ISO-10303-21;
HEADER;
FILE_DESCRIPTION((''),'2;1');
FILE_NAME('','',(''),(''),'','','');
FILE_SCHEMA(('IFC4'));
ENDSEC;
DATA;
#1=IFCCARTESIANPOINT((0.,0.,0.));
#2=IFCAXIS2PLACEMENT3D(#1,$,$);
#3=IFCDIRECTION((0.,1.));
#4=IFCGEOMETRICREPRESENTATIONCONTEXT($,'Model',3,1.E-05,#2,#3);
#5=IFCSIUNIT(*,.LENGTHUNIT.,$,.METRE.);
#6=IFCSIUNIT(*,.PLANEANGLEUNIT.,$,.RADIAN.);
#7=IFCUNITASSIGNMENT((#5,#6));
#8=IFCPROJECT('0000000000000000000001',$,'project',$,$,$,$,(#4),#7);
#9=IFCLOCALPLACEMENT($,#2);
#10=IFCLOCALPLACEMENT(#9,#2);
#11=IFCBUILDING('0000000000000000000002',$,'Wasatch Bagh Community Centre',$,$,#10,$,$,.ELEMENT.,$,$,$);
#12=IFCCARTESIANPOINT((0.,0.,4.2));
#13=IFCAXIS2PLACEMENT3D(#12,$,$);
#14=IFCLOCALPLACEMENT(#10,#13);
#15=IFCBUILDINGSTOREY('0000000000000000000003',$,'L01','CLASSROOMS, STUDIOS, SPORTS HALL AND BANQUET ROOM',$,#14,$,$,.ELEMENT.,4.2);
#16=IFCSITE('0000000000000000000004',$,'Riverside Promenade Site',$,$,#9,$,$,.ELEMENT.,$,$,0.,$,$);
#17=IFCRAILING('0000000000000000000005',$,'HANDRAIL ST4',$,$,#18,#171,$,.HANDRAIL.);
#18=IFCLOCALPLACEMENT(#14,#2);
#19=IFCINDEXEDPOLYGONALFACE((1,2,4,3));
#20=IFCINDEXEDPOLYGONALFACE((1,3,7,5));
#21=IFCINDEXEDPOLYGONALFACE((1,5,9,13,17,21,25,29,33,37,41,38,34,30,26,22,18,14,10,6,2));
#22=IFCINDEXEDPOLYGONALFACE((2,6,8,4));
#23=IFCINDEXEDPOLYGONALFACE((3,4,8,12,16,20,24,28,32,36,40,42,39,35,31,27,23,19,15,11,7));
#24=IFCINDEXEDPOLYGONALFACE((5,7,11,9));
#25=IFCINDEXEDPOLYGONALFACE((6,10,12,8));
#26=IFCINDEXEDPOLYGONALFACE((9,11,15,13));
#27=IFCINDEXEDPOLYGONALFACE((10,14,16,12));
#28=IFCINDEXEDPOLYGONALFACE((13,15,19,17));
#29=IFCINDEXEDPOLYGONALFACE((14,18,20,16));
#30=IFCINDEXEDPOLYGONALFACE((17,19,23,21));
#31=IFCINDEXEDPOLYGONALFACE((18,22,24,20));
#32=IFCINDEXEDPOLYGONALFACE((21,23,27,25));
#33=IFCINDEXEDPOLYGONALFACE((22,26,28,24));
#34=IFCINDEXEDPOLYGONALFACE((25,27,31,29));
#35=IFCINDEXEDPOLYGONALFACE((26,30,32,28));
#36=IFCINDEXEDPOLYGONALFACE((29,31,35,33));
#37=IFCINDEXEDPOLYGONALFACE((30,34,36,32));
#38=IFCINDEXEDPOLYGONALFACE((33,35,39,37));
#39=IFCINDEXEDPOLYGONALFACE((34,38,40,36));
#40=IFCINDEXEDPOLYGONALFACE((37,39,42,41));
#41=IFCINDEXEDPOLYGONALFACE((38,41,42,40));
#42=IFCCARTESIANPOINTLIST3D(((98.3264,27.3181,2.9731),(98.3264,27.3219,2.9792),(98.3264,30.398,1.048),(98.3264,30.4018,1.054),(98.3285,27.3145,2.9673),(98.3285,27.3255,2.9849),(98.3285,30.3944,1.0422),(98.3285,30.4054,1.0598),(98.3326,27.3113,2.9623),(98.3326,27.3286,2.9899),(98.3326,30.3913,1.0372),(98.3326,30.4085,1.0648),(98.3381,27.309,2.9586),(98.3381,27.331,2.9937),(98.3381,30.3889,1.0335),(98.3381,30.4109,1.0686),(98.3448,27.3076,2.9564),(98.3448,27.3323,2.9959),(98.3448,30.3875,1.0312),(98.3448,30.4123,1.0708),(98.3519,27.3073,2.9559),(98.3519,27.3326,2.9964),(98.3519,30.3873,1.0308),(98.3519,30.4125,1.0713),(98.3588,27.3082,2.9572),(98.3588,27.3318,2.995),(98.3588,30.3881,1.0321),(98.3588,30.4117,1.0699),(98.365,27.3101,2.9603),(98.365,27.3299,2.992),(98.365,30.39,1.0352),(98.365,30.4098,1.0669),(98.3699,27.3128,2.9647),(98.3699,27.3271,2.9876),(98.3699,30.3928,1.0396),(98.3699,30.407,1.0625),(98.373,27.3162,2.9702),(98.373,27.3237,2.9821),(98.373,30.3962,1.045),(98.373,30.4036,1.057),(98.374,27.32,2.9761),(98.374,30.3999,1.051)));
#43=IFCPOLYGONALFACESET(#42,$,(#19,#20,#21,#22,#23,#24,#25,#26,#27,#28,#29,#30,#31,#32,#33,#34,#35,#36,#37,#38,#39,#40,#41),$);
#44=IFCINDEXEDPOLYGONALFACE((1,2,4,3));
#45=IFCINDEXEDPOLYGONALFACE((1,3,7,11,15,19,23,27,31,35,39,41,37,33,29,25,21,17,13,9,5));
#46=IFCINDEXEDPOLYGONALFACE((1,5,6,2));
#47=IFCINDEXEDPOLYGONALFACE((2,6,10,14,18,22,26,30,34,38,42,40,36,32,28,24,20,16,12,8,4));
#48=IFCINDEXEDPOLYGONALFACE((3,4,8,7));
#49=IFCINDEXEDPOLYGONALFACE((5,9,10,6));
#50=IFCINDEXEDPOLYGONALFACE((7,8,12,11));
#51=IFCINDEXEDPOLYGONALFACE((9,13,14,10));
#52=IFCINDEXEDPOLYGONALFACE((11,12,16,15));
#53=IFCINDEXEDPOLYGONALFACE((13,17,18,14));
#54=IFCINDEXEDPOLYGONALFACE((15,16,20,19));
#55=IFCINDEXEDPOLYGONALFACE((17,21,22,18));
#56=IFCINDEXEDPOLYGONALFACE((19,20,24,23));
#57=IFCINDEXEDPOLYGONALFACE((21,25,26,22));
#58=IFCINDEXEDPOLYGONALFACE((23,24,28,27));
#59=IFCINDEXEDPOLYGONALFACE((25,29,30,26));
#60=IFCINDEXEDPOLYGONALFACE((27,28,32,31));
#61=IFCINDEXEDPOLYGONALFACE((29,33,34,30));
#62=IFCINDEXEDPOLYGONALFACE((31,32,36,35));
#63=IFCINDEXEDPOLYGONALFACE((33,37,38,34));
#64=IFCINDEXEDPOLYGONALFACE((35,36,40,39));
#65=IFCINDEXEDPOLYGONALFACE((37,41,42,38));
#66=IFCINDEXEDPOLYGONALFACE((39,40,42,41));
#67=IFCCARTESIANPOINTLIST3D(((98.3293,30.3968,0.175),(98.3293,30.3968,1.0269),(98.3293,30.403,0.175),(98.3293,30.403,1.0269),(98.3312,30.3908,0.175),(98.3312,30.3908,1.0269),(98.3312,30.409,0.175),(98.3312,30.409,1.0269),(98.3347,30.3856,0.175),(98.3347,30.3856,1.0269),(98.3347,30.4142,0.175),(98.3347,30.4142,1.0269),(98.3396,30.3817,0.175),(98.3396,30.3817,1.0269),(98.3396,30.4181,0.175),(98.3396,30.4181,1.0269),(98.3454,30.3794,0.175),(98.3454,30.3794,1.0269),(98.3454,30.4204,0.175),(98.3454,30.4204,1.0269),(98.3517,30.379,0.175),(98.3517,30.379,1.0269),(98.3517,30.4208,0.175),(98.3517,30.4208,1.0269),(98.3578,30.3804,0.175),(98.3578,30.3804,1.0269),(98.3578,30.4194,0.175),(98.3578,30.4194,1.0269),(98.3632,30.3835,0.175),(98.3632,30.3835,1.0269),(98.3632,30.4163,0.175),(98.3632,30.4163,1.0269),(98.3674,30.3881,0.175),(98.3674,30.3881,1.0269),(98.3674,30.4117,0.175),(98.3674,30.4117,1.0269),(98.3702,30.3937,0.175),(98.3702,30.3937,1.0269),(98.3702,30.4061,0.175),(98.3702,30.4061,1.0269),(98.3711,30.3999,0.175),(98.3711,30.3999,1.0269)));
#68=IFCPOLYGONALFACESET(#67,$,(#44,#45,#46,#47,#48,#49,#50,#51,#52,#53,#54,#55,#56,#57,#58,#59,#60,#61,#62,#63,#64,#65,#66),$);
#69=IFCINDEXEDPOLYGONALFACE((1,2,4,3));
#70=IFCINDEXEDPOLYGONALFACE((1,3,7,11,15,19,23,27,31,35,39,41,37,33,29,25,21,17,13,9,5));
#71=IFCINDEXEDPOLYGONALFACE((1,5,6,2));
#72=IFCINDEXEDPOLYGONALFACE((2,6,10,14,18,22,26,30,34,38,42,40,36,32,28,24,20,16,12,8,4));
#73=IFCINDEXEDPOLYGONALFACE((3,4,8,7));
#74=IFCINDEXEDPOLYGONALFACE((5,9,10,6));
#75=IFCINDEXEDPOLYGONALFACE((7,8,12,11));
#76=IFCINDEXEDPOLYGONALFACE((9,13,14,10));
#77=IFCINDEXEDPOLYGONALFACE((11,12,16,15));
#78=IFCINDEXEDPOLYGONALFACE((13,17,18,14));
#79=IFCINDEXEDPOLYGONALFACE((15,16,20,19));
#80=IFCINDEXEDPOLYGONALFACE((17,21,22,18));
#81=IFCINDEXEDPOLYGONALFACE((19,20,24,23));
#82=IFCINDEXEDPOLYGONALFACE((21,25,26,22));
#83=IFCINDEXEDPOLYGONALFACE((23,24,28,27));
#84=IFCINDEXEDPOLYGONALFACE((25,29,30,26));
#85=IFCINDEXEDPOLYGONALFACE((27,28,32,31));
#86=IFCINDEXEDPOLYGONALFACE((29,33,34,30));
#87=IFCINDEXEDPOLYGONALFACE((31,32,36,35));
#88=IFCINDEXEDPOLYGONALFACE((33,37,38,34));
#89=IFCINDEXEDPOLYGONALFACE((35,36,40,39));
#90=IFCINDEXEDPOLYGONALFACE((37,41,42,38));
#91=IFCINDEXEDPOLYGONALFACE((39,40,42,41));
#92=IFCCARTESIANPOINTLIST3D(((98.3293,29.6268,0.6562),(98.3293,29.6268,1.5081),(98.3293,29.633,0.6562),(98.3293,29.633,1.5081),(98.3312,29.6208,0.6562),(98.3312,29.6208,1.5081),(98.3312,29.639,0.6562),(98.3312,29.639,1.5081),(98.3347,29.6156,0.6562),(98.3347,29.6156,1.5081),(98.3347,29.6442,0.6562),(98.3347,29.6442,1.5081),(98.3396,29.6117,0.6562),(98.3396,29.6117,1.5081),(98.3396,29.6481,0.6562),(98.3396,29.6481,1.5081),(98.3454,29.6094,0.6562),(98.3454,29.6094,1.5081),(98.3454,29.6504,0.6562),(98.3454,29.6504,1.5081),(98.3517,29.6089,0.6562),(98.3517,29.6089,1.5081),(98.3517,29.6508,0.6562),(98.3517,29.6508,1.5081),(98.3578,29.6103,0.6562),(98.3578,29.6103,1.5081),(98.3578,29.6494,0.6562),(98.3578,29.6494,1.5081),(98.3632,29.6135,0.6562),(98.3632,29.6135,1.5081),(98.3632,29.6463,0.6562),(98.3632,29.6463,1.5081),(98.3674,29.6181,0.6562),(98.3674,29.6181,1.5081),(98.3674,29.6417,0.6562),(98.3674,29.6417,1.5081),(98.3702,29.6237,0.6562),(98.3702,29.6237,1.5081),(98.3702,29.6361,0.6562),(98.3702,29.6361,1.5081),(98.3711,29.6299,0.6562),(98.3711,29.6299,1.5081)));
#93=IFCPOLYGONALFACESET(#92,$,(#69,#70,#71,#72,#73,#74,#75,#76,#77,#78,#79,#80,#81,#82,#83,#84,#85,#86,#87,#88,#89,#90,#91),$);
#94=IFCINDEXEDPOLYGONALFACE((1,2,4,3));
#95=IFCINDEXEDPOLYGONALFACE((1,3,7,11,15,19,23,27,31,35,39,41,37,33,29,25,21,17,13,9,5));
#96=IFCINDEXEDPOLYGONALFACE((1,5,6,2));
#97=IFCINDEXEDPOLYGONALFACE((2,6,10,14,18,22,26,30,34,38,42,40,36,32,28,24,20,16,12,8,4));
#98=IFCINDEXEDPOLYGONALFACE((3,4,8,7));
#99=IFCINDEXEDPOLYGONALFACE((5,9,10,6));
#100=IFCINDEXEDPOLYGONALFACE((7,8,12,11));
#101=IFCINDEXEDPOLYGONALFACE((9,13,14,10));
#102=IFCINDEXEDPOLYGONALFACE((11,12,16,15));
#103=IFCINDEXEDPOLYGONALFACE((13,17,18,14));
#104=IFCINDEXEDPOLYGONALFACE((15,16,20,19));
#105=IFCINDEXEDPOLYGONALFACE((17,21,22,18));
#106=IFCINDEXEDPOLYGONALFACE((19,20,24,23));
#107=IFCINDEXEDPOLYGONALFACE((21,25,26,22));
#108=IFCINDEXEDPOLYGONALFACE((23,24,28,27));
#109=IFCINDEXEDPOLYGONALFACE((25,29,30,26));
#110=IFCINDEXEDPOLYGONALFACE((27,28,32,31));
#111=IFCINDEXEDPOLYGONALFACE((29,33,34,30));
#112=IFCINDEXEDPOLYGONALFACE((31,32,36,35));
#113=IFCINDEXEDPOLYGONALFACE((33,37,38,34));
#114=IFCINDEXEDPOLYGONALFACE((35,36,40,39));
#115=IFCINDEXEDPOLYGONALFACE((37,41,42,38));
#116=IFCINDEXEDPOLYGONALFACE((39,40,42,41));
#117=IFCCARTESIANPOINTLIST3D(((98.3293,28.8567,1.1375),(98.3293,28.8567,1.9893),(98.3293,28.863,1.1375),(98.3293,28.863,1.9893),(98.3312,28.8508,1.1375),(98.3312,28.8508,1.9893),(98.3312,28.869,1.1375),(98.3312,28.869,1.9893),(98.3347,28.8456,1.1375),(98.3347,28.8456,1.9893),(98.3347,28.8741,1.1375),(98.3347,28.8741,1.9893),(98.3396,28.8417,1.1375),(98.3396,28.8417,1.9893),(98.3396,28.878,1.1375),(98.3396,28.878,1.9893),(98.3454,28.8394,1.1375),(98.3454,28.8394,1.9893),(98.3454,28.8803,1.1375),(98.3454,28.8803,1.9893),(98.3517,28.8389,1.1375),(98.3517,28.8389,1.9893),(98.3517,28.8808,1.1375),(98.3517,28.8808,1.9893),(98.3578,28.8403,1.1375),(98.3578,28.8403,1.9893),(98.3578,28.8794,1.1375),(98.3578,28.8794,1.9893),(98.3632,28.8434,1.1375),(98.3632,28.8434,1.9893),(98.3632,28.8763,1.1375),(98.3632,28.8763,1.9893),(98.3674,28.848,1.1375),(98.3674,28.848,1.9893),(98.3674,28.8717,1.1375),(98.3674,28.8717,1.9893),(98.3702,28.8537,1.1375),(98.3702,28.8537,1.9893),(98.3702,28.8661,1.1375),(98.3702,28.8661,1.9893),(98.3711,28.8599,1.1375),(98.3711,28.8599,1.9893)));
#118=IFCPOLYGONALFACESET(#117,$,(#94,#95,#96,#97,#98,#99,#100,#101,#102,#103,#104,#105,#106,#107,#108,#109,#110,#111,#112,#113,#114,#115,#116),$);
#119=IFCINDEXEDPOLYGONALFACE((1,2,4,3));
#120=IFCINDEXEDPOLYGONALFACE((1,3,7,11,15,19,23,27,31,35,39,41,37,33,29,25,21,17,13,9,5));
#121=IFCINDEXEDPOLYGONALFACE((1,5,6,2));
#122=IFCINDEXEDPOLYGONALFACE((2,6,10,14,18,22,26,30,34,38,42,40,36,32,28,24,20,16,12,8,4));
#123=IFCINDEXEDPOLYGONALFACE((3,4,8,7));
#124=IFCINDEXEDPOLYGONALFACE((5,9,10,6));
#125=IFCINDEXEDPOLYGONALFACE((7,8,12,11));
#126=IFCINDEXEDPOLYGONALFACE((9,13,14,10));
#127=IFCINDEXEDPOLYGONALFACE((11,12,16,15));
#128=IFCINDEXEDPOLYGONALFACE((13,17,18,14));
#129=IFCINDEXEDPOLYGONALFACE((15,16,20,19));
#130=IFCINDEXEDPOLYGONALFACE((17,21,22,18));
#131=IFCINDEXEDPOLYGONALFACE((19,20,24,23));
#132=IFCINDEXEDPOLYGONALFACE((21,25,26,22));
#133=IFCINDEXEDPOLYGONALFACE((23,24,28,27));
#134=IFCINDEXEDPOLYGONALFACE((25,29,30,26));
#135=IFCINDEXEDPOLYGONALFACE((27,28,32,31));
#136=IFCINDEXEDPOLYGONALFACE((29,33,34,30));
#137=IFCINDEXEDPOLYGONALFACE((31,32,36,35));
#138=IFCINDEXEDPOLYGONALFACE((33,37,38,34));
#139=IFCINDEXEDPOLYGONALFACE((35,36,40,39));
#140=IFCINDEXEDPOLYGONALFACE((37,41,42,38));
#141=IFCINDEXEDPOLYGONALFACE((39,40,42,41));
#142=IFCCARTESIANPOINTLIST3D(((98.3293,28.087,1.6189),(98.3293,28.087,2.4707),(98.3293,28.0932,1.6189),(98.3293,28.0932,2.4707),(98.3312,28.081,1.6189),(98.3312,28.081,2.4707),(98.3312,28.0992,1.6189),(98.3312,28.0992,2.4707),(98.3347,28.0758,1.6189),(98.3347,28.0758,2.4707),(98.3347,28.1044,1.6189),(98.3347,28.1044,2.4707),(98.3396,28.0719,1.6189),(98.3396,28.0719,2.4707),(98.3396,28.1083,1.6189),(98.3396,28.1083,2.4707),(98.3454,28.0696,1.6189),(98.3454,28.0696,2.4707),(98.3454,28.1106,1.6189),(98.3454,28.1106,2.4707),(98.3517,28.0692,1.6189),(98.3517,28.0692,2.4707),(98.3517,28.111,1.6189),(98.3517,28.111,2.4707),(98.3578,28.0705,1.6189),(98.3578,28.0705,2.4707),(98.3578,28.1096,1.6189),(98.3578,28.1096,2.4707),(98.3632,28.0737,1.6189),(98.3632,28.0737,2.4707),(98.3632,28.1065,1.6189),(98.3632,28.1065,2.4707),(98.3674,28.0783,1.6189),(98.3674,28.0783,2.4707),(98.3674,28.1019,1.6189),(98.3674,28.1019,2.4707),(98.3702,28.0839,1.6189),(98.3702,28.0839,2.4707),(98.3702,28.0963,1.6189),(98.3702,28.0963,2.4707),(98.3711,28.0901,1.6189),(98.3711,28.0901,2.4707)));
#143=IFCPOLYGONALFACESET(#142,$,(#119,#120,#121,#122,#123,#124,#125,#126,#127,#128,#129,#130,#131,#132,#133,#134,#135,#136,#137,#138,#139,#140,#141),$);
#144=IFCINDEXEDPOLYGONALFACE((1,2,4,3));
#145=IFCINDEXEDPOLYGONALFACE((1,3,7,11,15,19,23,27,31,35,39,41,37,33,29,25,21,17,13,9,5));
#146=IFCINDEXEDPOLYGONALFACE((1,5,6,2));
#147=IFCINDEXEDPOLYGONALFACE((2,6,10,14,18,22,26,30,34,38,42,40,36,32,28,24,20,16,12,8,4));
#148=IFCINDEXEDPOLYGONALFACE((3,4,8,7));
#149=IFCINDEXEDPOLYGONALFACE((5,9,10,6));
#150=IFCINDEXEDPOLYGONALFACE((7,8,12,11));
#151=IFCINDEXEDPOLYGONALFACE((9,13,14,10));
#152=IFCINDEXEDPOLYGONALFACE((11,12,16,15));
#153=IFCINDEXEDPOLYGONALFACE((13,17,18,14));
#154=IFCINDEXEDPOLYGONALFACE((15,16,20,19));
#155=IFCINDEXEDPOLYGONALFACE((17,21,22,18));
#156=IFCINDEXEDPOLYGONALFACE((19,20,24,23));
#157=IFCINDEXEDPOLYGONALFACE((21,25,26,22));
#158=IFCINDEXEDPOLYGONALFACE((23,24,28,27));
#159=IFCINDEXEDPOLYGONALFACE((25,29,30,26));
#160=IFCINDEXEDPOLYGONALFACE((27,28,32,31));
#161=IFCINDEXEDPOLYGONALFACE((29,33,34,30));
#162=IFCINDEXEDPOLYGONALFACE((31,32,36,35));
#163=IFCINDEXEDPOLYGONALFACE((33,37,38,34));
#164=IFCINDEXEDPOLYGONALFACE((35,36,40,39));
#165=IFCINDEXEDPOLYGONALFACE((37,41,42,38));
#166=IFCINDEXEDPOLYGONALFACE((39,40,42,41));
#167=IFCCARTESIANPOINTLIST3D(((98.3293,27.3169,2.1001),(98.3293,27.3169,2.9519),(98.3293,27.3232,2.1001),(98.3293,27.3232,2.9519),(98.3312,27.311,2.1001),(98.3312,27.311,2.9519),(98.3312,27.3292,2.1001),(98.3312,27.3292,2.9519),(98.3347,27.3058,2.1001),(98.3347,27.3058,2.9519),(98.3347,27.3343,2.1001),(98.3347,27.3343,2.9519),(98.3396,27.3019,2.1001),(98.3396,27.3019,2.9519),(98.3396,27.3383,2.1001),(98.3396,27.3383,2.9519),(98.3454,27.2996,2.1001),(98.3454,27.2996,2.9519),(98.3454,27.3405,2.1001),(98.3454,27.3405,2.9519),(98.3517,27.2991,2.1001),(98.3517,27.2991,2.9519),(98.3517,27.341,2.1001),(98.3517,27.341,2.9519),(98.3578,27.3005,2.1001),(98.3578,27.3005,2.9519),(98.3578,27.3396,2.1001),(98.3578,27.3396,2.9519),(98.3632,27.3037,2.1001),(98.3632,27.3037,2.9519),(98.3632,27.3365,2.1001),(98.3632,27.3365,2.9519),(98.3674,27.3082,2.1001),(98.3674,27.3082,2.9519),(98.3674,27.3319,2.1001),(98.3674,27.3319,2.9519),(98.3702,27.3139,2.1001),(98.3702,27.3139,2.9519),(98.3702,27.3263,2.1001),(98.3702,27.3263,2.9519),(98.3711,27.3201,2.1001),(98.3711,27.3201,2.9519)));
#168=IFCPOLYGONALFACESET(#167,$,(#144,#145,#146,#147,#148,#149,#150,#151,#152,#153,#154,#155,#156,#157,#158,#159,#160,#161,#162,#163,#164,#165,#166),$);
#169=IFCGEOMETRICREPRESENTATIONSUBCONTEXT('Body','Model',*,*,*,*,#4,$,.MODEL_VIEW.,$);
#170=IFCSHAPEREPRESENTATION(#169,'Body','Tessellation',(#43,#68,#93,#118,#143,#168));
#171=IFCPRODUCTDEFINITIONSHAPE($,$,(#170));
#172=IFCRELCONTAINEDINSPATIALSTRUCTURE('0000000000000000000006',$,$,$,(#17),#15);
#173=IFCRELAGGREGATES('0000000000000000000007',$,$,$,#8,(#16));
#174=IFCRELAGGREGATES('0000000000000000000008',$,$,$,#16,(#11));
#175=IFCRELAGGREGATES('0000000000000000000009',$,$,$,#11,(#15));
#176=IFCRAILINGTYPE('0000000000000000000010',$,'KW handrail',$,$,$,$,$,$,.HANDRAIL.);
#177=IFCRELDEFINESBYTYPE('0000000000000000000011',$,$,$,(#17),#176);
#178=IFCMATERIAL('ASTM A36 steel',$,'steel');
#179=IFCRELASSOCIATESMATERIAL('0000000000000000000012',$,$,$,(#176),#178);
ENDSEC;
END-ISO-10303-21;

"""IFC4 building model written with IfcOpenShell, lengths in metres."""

from ifc_helpers import new_model, si_unit, direction, frame, origin, origin_2d, place, context, subcontext, project, spatial, circle, extrude, material, type_object, element, save


model = new_model("IFC4")

# Units and contexts
model_context = context("Model", 3, precision=1e-05, world=origin(), true_north=direction((0.0, 1.0)))
body_context = subcontext(model_context, "Body", "Model", "MODEL_VIEW")
ifc_project = project(units=[si_unit("LENGTHUNIT", "METRE"), si_unit("PLANEANGLEUNIT", "RADIAN")], contexts=[model_context])

# Site, building, storey
site_placement = place(None, origin())
site = spatial("IfcSite", under=ifc_project, at=site_placement, Name="Riverside Promenade Site", CompositionType="ELEMENT", RefElevation=0.0)
building_placement = place(site_placement, origin())
building = spatial("IfcBuilding", under=site, at=building_placement, Name="Wasatch Bagh Community Centre", CompositionType="ELEMENT")
storey_placement = place(building_placement, frame((0.0, 0.0, 4.2)))
storey = spatial("IfcBuildingStorey", under=building, at=storey_placement, Name="L01", Description="CLASSROOMS, STUDIOS, SPORTS HALL AND BANQUET ROOM", CompositionType="ELEMENT", Elevation=4.2)

# Railing
ifc_material_1 = material(Name="ASTM A36 steel", Category="steel")
railing_type_1 = type_object("IfcRailingType", Name="KW handrail", PredefinedType="HANDRAIL", material=ifc_material_1)
for number, where, name in (
    (1, (98.3501, 30.3999, 0.175), "HANDRAIL ST4"),
):
    element("IfcRailing", number, at=place(storey_placement, frame(where)), inside=storey, type_object=railing_type_1, Name=name, PredefinedType="HANDRAIL", context=body_context, shape_type="SweptSolid", body=[
        extrude(circle(Radius=0.0239, at=origin_2d()), frame((0.0, 0.0, 0.876), z_axis=(0.0, -0.847979, 0.530029), x_axis=(1.0, 0.0, 0.0)), (0.0, 0.0, 1.0), 3.6321),
        extrude(circle(Radius=0.021, at=origin_2d()), origin(), (0.0, 0.0, 1.0), 0.8518),
        extrude(circle(Radius=0.021, at=origin_2d()), frame((0.0, -0.77, 0.4812)), (0.0, 0.0, 1.0), 0.8518),
        extrude(circle(Radius=0.021, at=origin_2d()), frame((0.0, -1.54, 0.9624)), (0.0, 0.0, 1.0), 0.8518),
        extrude(circle(Radius=0.021, at=origin_2d()), frame((0.0, -2.3098, 1.4438)), (0.0, 0.0, 1.0), 0.8518),
        extrude(circle(Radius=0.021, at=origin_2d()), frame((0.0, -3.0798, 1.925)), (0.0, 0.0, 1.0), 0.8518),
    ])

save(model, "model.ifc")
